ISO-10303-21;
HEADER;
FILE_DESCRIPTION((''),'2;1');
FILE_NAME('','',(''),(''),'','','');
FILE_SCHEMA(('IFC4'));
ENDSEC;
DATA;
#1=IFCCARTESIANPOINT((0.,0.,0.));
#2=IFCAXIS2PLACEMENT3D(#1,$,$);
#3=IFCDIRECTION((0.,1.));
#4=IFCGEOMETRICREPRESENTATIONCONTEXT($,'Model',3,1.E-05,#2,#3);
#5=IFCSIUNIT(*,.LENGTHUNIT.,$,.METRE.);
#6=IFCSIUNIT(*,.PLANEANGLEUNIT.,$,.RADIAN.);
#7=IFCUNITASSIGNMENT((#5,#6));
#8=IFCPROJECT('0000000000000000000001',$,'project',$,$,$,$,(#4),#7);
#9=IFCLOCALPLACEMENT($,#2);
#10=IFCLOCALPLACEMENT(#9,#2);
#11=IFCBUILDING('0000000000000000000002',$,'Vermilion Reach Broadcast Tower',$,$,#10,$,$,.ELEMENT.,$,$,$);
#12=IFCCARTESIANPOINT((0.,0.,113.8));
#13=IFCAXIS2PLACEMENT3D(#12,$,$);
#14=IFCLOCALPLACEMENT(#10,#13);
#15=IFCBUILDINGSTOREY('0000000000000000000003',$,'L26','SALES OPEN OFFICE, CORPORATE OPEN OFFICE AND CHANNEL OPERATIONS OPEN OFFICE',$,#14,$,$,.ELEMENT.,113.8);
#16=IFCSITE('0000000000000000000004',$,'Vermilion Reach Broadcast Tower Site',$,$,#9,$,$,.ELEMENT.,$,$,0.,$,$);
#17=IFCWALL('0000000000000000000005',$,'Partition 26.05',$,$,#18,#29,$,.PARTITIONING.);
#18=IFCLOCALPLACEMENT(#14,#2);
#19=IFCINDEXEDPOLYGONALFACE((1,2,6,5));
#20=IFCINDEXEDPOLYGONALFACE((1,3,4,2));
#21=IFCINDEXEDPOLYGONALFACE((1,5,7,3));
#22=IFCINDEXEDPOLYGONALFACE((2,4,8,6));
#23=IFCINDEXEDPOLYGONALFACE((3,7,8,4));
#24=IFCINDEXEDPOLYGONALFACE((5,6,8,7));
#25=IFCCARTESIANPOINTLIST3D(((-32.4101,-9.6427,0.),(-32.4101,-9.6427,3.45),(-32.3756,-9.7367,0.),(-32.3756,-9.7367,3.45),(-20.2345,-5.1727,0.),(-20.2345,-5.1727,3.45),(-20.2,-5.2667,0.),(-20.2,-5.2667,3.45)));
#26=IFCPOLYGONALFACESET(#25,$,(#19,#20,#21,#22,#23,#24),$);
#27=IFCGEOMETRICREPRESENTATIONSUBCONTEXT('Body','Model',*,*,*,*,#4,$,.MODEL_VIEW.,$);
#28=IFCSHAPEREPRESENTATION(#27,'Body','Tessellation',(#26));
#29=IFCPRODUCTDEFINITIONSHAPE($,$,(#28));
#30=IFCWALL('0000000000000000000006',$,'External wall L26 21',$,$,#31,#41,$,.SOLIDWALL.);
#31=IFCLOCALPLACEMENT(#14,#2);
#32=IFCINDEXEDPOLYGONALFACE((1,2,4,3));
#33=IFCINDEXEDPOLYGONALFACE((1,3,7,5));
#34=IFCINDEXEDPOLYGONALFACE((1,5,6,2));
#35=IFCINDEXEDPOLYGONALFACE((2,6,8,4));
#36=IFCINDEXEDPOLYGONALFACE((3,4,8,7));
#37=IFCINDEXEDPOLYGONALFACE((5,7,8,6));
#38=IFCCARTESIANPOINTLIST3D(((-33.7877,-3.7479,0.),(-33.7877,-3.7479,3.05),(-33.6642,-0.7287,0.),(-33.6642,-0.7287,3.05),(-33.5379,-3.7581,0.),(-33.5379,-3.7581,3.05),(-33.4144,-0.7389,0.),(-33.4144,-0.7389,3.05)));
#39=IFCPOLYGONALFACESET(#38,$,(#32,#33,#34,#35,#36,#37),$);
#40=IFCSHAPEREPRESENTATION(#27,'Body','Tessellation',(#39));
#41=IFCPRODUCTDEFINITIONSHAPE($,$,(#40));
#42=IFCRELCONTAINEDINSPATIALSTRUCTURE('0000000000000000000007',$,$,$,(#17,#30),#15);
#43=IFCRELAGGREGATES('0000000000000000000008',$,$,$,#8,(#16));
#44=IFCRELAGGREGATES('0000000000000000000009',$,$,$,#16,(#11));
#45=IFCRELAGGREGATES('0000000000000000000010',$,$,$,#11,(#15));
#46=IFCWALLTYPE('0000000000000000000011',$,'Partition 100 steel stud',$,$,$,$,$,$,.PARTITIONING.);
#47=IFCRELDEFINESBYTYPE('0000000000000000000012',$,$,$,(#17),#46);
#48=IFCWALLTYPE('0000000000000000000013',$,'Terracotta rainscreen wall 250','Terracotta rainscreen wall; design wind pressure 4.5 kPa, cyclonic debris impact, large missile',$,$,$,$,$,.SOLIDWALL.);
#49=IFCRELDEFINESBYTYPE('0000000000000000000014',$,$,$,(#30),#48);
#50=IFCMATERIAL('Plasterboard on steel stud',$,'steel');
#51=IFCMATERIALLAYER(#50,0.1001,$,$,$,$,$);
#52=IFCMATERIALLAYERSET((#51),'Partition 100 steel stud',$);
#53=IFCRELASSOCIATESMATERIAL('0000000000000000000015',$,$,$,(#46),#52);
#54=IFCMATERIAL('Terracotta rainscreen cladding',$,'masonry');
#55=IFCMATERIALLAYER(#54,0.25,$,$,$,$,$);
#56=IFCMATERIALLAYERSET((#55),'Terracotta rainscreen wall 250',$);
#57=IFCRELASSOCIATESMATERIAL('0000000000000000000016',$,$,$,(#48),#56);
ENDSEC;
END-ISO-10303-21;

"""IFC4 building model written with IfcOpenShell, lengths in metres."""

from ifc_helpers import new_model, si_unit, direction, frame, frame_2d, origin, place, context, subcontext, project, spatial, rectangle, extrude, material, layer, layer_set, type_object, element, save


model = new_model("IFC4")

# Units and contexts
model_context = context("Model", 3, precision=1e-05, world=origin(), true_north=direction((0.0, 1.0)))
body_context = subcontext(model_context, "Body", "Model", "MODEL_VIEW")
ifc_project = project(units=[si_unit("LENGTHUNIT", "METRE"), si_unit("PLANEANGLEUNIT", "RADIAN")], contexts=[model_context])

# Site, building, storey
site_placement = place(None, origin())
site = spatial("IfcSite", under=ifc_project, at=site_placement, Name="Vermilion Reach Broadcast Tower Site", CompositionType="ELEMENT", RefElevation=0.0)
building_placement = place(site_placement, origin())
building = spatial("IfcBuilding", under=site, at=building_placement, Name="Vermilion Reach Broadcast Tower", CompositionType="ELEMENT")
storey_placement = place(building_placement, frame((0.0, 0.0, 113.8)))
storey = spatial("IfcBuildingStorey", under=building, at=storey_placement, Name="L26", Description="SALES OPEN OFFICE, CORPORATE OPEN OFFICE AND CHANNEL OPERATIONS OPEN OFFICE", CompositionType="ELEMENT", Elevation=113.8)

# Walls
ifc_material_1 = material(Name="Plasterboard on steel stud", Category="steel")
ifc_layer_1 = layer(ifc_material_1, 0.1001)
ifc_layer_set_1 = layer_set([ifc_layer_1], Name="Partition 100 steel stud")
wall_type_1 = type_object("IfcWallType", Name="Partition 100 steel stud", PredefinedType="PARTITIONING", material=ifc_layer_set_1)
wall_1_placement = place(storey_placement, frame((-32.3928, -9.6897, 0.0), z_axis=(0.0, 0.0, 1.0), x_axis=(0.938737, 0.344636, 0.0)))
element("IfcWall", 1, at=wall_1_placement, inside=storey, type_object=wall_type_1, Name="Partition 26.05", PredefinedType="PARTITIONING", context=body_context, shape_type="SweptSolid", body=[
    extrude(rectangle(XDim=12.9702, YDim=0.1001, at=frame_2d((6.4851, 0.0))), origin(), (0.0, 0.0, 1.0), 3.45),
])
ifc_material_2 = material(Name="Terracotta rainscreen cladding", Category="masonry")
ifc_layer_2 = layer(ifc_material_2, 0.25)
ifc_layer_set_2 = layer_set([ifc_layer_2], Name="Terracotta rainscreen wall 250")
wall_type_2 = type_object("IfcWallType", Name="Terracotta rainscreen wall 250", Description="Terracotta rainscreen wall; design wind pressure 4.5 kPa, cyclonic debris impact, large missile", PredefinedType="SOLIDWALL", material=ifc_layer_set_2)
wall_2_placement = place(storey_placement, frame((-33.5393, -0.7339, 0.0), z_axis=(0.0, 0.0, 1.0), x_axis=(-0.040881, -0.999164, 0.0)))
element("IfcWall", 2, at=wall_2_placement, inside=storey, type_object=wall_type_2, Name="External wall L26 21", PredefinedType="SOLIDWALL", context=body_context, shape_type="SweptSolid", body=[
    extrude(rectangle(XDim=3.0217, YDim=0.25, at=frame_2d((1.5107, 0.0))), origin(), (0.0, 0.0, 1.0), 3.05),
])

save(model, "model.ifc")
